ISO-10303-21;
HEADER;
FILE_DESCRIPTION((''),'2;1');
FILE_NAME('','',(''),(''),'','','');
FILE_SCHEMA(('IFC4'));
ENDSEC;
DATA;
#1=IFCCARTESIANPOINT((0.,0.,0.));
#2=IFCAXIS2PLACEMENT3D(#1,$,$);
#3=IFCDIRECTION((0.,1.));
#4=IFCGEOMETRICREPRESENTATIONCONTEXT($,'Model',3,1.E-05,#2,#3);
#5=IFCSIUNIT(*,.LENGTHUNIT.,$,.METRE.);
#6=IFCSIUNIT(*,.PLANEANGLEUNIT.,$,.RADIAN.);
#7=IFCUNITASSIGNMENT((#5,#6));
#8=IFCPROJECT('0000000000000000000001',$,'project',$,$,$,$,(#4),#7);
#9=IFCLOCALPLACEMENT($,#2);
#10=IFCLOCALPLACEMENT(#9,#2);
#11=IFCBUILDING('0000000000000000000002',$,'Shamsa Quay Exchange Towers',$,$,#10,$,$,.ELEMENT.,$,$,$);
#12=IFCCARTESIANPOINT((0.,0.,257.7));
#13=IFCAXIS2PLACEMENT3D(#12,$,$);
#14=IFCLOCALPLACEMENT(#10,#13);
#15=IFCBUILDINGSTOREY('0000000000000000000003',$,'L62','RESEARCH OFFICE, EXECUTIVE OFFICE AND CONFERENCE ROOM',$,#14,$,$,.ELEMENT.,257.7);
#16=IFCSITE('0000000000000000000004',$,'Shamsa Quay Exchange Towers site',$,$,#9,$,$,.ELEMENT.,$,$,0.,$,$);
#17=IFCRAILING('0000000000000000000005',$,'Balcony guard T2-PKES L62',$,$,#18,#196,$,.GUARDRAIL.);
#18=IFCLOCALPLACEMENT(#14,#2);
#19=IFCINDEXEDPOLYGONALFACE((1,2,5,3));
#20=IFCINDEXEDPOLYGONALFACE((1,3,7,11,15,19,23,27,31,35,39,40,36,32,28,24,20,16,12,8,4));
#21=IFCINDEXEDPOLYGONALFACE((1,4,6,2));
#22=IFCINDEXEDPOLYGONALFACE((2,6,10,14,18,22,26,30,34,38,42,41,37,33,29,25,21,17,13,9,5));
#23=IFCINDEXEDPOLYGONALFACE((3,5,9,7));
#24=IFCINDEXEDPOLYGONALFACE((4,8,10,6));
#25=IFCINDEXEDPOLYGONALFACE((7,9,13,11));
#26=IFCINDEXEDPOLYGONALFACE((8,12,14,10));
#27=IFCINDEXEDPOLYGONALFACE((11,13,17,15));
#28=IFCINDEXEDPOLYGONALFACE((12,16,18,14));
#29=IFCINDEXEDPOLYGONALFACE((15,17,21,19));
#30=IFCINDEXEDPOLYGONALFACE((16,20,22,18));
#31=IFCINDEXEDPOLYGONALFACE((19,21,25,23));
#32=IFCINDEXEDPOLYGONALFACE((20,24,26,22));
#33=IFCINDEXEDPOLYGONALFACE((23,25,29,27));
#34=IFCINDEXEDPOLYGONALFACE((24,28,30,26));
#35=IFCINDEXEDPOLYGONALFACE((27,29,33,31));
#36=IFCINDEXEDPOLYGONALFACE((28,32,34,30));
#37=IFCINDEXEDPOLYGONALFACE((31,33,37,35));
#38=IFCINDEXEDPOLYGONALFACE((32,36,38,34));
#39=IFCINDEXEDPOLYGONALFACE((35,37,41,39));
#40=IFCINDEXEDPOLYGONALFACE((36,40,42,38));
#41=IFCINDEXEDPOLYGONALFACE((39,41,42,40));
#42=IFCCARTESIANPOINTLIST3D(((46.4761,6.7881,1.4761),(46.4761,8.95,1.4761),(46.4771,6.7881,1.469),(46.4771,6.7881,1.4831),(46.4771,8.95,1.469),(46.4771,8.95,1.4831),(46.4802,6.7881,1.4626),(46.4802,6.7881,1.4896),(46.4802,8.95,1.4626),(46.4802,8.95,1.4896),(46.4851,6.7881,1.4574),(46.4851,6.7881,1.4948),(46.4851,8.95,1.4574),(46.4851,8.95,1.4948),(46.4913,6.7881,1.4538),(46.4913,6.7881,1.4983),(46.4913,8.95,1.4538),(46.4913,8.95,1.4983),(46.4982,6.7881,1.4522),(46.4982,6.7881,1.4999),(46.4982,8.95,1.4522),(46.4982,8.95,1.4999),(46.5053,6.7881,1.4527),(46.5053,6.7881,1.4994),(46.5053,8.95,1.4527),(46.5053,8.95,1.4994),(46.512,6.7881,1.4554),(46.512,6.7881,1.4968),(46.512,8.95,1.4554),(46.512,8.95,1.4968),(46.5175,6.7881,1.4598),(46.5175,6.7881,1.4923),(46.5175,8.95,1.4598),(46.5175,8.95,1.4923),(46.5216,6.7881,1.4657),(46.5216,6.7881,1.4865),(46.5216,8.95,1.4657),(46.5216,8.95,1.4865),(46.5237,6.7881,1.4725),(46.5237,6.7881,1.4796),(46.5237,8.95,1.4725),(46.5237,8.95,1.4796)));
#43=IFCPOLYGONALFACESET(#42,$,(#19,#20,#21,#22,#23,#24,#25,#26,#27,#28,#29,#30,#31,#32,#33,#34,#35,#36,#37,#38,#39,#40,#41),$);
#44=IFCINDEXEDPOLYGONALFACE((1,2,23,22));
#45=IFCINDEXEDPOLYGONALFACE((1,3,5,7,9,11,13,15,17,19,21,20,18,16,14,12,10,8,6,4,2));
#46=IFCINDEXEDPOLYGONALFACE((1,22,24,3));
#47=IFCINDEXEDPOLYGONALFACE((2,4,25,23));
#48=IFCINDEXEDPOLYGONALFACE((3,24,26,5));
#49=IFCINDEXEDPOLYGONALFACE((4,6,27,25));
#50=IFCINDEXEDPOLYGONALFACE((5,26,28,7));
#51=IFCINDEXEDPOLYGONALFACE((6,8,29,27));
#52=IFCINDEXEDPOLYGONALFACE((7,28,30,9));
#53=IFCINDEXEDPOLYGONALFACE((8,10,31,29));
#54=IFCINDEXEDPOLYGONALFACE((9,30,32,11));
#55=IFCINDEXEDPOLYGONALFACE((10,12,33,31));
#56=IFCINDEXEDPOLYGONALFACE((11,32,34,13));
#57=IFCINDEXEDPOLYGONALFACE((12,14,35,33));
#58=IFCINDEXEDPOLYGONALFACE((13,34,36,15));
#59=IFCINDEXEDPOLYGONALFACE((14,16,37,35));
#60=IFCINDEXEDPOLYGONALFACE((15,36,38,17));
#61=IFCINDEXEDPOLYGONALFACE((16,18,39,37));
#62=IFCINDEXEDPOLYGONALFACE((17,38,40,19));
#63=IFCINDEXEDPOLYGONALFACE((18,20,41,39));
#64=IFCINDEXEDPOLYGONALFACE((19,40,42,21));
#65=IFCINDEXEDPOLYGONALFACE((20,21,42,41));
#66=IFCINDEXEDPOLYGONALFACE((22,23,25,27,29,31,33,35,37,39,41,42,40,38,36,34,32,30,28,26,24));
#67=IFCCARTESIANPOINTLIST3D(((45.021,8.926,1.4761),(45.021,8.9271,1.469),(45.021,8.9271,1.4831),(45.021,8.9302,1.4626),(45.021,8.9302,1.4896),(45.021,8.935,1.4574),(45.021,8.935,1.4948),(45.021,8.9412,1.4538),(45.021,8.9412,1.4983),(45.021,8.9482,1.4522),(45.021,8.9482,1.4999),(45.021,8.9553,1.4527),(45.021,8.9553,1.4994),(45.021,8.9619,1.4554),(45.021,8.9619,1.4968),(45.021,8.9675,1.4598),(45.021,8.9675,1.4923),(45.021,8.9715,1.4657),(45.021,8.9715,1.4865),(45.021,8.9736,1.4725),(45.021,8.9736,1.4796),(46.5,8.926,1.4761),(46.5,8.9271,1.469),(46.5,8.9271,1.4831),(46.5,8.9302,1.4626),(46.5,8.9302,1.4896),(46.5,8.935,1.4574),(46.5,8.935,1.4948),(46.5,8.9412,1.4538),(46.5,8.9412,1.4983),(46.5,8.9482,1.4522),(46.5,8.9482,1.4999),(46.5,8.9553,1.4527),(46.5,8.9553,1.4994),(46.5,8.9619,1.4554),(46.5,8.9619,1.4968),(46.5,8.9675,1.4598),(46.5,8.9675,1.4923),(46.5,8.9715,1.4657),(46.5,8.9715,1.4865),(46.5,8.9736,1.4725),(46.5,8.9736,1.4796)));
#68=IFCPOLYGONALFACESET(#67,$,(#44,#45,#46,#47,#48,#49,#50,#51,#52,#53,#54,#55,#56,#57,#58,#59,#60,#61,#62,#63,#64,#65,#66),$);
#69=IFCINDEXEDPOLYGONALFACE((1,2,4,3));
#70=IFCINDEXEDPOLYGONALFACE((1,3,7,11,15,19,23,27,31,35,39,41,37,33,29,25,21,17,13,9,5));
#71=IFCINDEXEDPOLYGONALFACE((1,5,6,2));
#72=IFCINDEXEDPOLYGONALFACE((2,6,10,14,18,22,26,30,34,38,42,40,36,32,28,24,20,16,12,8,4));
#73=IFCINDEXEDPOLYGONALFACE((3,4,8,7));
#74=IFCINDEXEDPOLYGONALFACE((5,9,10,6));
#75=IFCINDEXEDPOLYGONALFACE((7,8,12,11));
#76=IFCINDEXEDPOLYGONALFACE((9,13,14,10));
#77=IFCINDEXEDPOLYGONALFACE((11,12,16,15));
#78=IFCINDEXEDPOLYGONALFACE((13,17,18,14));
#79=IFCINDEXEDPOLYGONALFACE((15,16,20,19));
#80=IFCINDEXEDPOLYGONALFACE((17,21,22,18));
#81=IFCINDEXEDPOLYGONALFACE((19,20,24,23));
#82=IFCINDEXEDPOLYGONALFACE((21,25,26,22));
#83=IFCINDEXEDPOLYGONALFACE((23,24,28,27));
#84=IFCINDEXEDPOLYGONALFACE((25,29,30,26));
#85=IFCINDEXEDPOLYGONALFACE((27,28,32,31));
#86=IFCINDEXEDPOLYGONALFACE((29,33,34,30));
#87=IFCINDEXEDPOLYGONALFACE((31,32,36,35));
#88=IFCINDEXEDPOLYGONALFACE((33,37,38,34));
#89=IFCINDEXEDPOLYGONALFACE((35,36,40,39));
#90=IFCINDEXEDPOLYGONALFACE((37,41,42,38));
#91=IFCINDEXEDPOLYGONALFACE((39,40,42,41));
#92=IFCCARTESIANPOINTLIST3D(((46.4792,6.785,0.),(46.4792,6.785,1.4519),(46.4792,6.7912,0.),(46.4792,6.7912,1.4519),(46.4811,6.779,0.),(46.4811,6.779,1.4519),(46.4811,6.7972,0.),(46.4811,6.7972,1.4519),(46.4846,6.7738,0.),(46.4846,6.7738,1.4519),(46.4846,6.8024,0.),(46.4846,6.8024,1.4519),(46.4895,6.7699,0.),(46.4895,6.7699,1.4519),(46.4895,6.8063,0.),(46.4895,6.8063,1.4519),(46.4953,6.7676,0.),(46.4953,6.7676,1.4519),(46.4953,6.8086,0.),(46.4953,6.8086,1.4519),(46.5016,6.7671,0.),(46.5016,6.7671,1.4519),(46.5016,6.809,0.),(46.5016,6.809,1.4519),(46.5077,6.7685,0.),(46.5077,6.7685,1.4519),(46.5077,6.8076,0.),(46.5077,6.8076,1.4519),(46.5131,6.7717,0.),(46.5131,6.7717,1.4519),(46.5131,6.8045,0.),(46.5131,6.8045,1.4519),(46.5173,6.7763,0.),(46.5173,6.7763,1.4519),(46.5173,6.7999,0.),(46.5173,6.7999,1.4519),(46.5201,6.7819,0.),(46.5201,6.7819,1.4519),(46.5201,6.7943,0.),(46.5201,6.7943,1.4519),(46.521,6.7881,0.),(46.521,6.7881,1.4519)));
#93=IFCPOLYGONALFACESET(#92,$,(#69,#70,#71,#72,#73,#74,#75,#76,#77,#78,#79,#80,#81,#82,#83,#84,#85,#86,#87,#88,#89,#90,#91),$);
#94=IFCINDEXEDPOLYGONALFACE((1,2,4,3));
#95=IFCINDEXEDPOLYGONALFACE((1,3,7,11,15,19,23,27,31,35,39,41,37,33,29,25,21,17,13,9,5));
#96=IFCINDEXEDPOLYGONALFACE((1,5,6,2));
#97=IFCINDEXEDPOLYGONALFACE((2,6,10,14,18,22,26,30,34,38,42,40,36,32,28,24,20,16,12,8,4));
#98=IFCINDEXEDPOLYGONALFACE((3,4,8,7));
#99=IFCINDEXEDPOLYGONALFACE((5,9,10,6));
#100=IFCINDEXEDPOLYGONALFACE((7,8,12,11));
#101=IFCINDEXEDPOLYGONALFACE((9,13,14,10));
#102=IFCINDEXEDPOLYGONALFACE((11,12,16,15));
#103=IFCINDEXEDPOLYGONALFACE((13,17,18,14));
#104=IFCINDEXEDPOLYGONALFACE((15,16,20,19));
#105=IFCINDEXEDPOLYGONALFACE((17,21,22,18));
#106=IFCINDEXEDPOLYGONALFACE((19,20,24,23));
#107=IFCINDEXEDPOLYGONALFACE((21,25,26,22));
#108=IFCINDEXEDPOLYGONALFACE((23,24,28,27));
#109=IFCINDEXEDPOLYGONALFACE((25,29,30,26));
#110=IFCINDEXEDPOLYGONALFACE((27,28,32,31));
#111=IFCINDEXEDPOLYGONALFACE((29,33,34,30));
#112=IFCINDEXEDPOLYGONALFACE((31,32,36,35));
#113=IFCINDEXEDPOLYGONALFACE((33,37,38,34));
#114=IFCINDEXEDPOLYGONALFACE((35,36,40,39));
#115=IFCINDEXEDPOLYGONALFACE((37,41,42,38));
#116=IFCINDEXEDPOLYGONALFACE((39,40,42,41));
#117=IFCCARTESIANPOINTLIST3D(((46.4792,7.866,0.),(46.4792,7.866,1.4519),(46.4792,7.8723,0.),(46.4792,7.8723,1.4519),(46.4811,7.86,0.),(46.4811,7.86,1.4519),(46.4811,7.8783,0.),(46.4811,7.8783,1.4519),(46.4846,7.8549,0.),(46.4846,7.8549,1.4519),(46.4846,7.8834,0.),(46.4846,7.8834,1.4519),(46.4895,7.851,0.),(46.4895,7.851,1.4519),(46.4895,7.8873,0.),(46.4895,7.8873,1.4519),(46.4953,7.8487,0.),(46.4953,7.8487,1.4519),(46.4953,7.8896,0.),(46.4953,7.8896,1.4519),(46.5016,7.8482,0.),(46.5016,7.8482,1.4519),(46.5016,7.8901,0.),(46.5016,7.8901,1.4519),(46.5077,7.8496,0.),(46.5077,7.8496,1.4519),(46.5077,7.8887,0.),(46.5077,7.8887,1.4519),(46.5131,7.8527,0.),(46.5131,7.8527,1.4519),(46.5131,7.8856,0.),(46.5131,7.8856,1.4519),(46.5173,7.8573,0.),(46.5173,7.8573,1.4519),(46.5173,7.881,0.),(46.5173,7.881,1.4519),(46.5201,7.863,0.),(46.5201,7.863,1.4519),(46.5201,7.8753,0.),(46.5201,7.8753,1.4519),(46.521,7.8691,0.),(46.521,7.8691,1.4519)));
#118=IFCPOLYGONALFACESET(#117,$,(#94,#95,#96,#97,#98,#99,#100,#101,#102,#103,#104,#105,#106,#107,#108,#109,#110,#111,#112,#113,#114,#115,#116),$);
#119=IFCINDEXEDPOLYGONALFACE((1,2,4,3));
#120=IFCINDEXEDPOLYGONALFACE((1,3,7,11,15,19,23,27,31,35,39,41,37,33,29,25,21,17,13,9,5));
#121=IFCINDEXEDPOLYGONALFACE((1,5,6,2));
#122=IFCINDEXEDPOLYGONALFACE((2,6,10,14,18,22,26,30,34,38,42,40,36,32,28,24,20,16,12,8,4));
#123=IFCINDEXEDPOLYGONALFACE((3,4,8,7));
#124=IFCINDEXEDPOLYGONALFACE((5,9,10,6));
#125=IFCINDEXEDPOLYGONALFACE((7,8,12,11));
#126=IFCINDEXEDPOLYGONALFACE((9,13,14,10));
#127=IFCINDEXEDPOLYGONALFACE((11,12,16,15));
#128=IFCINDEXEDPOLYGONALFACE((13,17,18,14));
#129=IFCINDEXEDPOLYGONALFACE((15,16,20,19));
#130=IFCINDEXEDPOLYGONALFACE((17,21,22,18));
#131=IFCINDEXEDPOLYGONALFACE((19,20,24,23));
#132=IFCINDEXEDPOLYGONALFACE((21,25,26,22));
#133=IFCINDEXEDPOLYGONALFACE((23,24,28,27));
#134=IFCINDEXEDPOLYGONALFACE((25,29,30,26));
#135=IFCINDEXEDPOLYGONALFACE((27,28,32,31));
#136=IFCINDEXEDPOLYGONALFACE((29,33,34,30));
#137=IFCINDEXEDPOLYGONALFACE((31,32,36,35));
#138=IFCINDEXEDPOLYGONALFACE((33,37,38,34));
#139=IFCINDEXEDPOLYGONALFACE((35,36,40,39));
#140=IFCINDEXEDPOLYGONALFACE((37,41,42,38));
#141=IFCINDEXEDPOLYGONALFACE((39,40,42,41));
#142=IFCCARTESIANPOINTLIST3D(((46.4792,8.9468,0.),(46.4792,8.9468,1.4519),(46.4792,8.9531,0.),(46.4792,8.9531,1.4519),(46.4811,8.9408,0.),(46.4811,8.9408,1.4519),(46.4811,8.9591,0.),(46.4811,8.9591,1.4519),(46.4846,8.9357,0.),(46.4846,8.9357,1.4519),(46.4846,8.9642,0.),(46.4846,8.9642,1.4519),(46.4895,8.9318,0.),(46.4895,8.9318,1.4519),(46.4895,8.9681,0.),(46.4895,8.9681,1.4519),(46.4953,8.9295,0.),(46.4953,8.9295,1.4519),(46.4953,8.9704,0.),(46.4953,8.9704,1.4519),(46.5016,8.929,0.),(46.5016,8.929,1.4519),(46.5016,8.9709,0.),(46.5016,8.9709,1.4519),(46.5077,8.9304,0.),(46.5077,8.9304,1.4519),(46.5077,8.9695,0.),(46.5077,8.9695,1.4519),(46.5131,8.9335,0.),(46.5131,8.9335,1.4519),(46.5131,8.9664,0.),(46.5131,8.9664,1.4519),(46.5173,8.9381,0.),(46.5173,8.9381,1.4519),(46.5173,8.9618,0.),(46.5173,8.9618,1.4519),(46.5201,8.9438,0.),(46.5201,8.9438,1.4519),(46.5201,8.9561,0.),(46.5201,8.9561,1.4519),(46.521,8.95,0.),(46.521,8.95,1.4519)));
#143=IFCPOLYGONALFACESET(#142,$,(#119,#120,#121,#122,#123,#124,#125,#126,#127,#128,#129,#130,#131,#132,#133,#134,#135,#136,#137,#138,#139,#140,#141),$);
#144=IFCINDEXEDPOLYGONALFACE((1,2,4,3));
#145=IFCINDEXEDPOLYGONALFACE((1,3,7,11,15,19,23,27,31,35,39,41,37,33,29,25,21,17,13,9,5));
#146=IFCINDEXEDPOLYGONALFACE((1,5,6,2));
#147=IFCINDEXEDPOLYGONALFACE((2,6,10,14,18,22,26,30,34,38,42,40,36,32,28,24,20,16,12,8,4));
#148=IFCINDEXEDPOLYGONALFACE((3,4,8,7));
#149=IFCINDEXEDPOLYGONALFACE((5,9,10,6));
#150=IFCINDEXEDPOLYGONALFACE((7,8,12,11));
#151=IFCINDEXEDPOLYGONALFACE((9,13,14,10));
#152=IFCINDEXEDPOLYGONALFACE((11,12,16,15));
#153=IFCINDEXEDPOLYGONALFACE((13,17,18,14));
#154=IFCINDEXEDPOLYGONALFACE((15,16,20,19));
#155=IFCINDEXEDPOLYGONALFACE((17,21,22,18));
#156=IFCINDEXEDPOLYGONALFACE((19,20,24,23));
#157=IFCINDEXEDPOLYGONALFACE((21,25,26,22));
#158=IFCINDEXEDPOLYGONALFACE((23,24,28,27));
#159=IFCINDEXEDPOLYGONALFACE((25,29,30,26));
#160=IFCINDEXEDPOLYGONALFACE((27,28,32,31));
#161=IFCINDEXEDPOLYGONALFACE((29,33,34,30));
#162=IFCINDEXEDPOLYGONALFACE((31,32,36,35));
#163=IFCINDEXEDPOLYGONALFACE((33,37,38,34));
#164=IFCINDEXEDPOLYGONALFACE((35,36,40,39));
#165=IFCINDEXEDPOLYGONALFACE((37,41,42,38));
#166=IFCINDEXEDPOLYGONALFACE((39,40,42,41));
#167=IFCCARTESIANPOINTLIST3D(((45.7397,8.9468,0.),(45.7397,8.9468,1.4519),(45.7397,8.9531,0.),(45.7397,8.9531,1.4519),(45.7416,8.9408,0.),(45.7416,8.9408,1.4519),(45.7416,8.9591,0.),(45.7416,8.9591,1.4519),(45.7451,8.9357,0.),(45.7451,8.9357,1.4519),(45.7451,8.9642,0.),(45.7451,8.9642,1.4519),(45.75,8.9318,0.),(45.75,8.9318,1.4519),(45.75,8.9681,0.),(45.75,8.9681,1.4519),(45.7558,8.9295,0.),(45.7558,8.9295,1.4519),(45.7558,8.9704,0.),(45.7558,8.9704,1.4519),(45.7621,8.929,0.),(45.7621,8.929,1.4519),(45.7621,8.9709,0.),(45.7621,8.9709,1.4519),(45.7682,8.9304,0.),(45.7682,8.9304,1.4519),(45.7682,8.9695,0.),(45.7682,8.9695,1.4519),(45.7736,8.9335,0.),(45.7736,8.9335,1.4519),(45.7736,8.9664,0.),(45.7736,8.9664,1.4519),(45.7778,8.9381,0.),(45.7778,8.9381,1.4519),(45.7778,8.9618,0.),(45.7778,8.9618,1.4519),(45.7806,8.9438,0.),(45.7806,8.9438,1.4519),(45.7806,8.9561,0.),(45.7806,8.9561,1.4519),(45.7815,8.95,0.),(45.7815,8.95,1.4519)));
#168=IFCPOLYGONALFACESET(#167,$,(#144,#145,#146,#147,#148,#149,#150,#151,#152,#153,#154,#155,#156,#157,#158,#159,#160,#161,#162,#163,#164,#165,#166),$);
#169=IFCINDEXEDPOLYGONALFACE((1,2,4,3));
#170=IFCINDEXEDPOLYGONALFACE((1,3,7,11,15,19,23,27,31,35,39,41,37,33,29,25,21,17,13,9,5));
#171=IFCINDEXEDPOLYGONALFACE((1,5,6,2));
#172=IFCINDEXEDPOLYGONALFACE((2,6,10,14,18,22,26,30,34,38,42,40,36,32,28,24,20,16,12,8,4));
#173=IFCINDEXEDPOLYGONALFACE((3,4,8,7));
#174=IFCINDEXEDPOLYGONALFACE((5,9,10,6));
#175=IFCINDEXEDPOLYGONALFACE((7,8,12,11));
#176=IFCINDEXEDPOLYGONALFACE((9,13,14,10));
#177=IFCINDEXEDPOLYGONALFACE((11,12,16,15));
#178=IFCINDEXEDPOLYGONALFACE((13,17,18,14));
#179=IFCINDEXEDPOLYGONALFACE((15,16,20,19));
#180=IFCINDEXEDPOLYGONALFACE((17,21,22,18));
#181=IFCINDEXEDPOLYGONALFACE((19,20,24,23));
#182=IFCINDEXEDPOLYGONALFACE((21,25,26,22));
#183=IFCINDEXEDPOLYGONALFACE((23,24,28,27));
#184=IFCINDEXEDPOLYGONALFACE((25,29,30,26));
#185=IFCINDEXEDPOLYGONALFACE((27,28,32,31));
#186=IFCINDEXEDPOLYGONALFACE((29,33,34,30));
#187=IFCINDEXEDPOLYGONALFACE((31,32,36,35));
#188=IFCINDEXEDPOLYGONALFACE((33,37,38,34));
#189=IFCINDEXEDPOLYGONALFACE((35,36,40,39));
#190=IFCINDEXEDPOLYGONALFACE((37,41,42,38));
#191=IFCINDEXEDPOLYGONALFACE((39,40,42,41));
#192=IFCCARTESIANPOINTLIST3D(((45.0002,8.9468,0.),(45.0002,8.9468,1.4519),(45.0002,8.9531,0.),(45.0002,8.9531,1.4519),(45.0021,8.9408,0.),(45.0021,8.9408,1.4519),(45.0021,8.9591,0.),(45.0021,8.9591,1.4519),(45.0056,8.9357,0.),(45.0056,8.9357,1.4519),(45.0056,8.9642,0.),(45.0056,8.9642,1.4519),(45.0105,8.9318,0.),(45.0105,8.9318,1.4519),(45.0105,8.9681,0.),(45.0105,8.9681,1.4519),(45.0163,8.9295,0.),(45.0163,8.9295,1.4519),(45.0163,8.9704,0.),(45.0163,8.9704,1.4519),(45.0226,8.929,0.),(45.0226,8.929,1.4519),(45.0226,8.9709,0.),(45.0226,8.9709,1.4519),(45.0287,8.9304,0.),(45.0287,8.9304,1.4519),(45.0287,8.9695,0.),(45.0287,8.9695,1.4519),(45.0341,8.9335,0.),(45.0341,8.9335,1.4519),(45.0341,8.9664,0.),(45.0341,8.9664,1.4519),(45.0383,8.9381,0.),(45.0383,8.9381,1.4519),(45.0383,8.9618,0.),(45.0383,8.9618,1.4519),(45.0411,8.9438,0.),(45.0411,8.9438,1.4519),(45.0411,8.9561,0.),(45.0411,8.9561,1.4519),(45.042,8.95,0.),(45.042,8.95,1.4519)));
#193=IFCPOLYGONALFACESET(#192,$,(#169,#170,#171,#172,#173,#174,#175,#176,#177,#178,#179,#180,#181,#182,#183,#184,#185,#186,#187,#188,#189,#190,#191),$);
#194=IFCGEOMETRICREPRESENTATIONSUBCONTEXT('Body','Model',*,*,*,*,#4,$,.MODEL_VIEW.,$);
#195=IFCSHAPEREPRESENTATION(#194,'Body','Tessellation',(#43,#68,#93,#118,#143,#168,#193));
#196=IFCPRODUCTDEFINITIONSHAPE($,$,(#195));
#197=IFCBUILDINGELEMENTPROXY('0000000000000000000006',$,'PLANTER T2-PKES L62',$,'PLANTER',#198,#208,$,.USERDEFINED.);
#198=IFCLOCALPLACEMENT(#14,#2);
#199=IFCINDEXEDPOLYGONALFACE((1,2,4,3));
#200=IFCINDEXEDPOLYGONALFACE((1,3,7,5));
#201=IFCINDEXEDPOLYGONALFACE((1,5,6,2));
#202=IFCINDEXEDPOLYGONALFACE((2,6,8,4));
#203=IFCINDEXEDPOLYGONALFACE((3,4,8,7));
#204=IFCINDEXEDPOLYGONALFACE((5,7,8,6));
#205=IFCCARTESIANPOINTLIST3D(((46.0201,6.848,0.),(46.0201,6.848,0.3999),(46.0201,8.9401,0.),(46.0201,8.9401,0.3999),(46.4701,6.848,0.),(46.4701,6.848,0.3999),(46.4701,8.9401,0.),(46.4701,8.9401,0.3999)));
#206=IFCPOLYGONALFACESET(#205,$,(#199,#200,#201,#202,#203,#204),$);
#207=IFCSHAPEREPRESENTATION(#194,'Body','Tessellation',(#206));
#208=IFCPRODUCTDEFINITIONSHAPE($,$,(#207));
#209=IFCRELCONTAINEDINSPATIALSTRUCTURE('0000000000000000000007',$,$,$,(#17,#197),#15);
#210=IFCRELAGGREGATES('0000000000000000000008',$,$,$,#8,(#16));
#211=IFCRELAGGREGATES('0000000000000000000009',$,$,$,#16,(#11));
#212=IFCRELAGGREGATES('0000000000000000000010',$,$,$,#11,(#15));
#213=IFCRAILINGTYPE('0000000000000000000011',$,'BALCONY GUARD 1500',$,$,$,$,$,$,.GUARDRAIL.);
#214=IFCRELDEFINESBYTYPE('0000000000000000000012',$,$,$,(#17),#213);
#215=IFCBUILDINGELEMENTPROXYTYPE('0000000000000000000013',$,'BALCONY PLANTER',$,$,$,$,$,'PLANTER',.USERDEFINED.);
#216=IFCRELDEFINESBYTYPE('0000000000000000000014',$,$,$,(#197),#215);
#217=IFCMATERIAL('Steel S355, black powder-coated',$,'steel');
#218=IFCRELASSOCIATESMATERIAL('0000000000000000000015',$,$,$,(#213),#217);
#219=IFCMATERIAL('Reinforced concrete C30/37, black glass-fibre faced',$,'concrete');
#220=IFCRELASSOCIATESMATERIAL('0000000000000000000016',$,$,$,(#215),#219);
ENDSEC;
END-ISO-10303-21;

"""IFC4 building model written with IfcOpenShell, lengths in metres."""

from ifc_helpers import new_model, si_unit, direction, frame, origin, origin_2d, place, context, subcontext, project, spatial, rectangle, circle, extrude, material, type_object, element, save


model = new_model("IFC4")

# Units and contexts
model_context = context("Model", 3, precision=1e-05, world=origin(), true_north=direction((0.0, 1.0)))
body_context = subcontext(model_context, "Body", "Model", "MODEL_VIEW")
ifc_project = project(units=[si_unit("LENGTHUNIT", "METRE"), si_unit("PLANEANGLEUNIT", "RADIAN")], contexts=[model_context])

# Site, building, storey
site_placement = place(None, origin())
site = spatial("IfcSite", under=ifc_project, at=site_placement, Name="Shamsa Quay Exchange Towers site", CompositionType="ELEMENT", RefElevation=0.0)
building_placement = place(site_placement, origin())
building = spatial("IfcBuilding", under=site, at=building_placement, Name="Shamsa Quay Exchange Towers", CompositionType="ELEMENT")
storey_placement = place(building_placement, frame((0.0, 0.0, 257.7)))
storey = spatial("IfcBuildingStorey", under=building, at=storey_placement, Name="L62", Description="RESEARCH OFFICE, EXECUTIVE OFFICE AND CONFERENCE ROOM", CompositionType="ELEMENT", Elevation=257.7)

# Railing
ifc_material_1 = material(Name="Steel S355, black powder-coated", Category="steel")
railing_type_1 = type_object("IfcRailingType", Name="BALCONY GUARD 1500", PredefinedType="GUARDRAIL", material=ifc_material_1)
for number, where, name in (
    (1, (46.5, 6.7881, 0.0), "Balcony guard T2-PKES L62"),
):
    element("IfcRailing", number, at=place(storey_placement, frame(where)), inside=storey, type_object=railing_type_1, Name=name, PredefinedType="GUARDRAIL", context=body_context, shape_type="SweptSolid", body=[
        extrude(circle(Radius=0.0239, at=origin_2d()), frame((0.0, 0.0, 1.4761), z_axis=(0.0, 1.0, 0.0), x_axis=(-1.0, 0.0, 0.0)), (0.0, 0.0, 1.0), 2.1619),
        extrude(circle(Radius=0.0239, at=origin_2d()), frame((0.0, 2.1619, 1.4761), z_axis=(-1.0, 0.0, 0.0), x_axis=(0.0, -1.0, 0.0)), (0.0, 0.0, 1.0), 1.479),
        extrude(circle(Radius=0.021, at=origin_2d()), origin(), (0.0, 0.0, 1.0), 1.4519),
        extrude(circle(Radius=0.021, at=origin_2d()), frame((0.0, 1.0811, 0.0)), (0.0, 0.0, 1.0), 1.4519),
        extrude(circle(Radius=0.021, at=origin_2d()), frame((0.0, 2.1619, 0.0)), (0.0, 0.0, 1.0), 1.4519),
        extrude(circle(Radius=0.021, at=origin_2d()), frame((-0.7395, 2.1619, 0.0)), (0.0, 0.0, 1.0), 1.4519),
        extrude(circle(Radius=0.021, at=origin_2d()), frame((-1.479, 2.1619, 0.0)), (0.0, 0.0, 1.0), 1.4519),
    ])

# Building element proxy
ifc_material_2 = material(Name="Reinforced concrete C30/37, black glass-fibre faced", Category="concrete")
building_element_proxy_type = type_object("IfcBuildingElementProxyType", Name="BALCONY PLANTER", ElementType="PLANTER", PredefinedType="USERDEFINED", material=ifc_material_2)
proxy_placement = place(storey_placement, frame((46.2451, 7.894, 0.0), z_axis=(0.0, 0.0, 1.0), x_axis=(0.0, 1.0, 0.0)))
element("IfcBuildingElementProxy", 2, at=proxy_placement, inside=storey, type_object=building_element_proxy_type, Name="PLANTER T2-PKES L62", ObjectType="PLANTER", PredefinedType="USERDEFINED", context=body_context, shape_type="SweptSolid", body=[
    extrude(rectangle(XDim=2.092, YDim=0.45, at=origin_2d()), origin(), (0.0, 0.0, 1.0), 0.3999),
])

save(model, "model.ifc")
